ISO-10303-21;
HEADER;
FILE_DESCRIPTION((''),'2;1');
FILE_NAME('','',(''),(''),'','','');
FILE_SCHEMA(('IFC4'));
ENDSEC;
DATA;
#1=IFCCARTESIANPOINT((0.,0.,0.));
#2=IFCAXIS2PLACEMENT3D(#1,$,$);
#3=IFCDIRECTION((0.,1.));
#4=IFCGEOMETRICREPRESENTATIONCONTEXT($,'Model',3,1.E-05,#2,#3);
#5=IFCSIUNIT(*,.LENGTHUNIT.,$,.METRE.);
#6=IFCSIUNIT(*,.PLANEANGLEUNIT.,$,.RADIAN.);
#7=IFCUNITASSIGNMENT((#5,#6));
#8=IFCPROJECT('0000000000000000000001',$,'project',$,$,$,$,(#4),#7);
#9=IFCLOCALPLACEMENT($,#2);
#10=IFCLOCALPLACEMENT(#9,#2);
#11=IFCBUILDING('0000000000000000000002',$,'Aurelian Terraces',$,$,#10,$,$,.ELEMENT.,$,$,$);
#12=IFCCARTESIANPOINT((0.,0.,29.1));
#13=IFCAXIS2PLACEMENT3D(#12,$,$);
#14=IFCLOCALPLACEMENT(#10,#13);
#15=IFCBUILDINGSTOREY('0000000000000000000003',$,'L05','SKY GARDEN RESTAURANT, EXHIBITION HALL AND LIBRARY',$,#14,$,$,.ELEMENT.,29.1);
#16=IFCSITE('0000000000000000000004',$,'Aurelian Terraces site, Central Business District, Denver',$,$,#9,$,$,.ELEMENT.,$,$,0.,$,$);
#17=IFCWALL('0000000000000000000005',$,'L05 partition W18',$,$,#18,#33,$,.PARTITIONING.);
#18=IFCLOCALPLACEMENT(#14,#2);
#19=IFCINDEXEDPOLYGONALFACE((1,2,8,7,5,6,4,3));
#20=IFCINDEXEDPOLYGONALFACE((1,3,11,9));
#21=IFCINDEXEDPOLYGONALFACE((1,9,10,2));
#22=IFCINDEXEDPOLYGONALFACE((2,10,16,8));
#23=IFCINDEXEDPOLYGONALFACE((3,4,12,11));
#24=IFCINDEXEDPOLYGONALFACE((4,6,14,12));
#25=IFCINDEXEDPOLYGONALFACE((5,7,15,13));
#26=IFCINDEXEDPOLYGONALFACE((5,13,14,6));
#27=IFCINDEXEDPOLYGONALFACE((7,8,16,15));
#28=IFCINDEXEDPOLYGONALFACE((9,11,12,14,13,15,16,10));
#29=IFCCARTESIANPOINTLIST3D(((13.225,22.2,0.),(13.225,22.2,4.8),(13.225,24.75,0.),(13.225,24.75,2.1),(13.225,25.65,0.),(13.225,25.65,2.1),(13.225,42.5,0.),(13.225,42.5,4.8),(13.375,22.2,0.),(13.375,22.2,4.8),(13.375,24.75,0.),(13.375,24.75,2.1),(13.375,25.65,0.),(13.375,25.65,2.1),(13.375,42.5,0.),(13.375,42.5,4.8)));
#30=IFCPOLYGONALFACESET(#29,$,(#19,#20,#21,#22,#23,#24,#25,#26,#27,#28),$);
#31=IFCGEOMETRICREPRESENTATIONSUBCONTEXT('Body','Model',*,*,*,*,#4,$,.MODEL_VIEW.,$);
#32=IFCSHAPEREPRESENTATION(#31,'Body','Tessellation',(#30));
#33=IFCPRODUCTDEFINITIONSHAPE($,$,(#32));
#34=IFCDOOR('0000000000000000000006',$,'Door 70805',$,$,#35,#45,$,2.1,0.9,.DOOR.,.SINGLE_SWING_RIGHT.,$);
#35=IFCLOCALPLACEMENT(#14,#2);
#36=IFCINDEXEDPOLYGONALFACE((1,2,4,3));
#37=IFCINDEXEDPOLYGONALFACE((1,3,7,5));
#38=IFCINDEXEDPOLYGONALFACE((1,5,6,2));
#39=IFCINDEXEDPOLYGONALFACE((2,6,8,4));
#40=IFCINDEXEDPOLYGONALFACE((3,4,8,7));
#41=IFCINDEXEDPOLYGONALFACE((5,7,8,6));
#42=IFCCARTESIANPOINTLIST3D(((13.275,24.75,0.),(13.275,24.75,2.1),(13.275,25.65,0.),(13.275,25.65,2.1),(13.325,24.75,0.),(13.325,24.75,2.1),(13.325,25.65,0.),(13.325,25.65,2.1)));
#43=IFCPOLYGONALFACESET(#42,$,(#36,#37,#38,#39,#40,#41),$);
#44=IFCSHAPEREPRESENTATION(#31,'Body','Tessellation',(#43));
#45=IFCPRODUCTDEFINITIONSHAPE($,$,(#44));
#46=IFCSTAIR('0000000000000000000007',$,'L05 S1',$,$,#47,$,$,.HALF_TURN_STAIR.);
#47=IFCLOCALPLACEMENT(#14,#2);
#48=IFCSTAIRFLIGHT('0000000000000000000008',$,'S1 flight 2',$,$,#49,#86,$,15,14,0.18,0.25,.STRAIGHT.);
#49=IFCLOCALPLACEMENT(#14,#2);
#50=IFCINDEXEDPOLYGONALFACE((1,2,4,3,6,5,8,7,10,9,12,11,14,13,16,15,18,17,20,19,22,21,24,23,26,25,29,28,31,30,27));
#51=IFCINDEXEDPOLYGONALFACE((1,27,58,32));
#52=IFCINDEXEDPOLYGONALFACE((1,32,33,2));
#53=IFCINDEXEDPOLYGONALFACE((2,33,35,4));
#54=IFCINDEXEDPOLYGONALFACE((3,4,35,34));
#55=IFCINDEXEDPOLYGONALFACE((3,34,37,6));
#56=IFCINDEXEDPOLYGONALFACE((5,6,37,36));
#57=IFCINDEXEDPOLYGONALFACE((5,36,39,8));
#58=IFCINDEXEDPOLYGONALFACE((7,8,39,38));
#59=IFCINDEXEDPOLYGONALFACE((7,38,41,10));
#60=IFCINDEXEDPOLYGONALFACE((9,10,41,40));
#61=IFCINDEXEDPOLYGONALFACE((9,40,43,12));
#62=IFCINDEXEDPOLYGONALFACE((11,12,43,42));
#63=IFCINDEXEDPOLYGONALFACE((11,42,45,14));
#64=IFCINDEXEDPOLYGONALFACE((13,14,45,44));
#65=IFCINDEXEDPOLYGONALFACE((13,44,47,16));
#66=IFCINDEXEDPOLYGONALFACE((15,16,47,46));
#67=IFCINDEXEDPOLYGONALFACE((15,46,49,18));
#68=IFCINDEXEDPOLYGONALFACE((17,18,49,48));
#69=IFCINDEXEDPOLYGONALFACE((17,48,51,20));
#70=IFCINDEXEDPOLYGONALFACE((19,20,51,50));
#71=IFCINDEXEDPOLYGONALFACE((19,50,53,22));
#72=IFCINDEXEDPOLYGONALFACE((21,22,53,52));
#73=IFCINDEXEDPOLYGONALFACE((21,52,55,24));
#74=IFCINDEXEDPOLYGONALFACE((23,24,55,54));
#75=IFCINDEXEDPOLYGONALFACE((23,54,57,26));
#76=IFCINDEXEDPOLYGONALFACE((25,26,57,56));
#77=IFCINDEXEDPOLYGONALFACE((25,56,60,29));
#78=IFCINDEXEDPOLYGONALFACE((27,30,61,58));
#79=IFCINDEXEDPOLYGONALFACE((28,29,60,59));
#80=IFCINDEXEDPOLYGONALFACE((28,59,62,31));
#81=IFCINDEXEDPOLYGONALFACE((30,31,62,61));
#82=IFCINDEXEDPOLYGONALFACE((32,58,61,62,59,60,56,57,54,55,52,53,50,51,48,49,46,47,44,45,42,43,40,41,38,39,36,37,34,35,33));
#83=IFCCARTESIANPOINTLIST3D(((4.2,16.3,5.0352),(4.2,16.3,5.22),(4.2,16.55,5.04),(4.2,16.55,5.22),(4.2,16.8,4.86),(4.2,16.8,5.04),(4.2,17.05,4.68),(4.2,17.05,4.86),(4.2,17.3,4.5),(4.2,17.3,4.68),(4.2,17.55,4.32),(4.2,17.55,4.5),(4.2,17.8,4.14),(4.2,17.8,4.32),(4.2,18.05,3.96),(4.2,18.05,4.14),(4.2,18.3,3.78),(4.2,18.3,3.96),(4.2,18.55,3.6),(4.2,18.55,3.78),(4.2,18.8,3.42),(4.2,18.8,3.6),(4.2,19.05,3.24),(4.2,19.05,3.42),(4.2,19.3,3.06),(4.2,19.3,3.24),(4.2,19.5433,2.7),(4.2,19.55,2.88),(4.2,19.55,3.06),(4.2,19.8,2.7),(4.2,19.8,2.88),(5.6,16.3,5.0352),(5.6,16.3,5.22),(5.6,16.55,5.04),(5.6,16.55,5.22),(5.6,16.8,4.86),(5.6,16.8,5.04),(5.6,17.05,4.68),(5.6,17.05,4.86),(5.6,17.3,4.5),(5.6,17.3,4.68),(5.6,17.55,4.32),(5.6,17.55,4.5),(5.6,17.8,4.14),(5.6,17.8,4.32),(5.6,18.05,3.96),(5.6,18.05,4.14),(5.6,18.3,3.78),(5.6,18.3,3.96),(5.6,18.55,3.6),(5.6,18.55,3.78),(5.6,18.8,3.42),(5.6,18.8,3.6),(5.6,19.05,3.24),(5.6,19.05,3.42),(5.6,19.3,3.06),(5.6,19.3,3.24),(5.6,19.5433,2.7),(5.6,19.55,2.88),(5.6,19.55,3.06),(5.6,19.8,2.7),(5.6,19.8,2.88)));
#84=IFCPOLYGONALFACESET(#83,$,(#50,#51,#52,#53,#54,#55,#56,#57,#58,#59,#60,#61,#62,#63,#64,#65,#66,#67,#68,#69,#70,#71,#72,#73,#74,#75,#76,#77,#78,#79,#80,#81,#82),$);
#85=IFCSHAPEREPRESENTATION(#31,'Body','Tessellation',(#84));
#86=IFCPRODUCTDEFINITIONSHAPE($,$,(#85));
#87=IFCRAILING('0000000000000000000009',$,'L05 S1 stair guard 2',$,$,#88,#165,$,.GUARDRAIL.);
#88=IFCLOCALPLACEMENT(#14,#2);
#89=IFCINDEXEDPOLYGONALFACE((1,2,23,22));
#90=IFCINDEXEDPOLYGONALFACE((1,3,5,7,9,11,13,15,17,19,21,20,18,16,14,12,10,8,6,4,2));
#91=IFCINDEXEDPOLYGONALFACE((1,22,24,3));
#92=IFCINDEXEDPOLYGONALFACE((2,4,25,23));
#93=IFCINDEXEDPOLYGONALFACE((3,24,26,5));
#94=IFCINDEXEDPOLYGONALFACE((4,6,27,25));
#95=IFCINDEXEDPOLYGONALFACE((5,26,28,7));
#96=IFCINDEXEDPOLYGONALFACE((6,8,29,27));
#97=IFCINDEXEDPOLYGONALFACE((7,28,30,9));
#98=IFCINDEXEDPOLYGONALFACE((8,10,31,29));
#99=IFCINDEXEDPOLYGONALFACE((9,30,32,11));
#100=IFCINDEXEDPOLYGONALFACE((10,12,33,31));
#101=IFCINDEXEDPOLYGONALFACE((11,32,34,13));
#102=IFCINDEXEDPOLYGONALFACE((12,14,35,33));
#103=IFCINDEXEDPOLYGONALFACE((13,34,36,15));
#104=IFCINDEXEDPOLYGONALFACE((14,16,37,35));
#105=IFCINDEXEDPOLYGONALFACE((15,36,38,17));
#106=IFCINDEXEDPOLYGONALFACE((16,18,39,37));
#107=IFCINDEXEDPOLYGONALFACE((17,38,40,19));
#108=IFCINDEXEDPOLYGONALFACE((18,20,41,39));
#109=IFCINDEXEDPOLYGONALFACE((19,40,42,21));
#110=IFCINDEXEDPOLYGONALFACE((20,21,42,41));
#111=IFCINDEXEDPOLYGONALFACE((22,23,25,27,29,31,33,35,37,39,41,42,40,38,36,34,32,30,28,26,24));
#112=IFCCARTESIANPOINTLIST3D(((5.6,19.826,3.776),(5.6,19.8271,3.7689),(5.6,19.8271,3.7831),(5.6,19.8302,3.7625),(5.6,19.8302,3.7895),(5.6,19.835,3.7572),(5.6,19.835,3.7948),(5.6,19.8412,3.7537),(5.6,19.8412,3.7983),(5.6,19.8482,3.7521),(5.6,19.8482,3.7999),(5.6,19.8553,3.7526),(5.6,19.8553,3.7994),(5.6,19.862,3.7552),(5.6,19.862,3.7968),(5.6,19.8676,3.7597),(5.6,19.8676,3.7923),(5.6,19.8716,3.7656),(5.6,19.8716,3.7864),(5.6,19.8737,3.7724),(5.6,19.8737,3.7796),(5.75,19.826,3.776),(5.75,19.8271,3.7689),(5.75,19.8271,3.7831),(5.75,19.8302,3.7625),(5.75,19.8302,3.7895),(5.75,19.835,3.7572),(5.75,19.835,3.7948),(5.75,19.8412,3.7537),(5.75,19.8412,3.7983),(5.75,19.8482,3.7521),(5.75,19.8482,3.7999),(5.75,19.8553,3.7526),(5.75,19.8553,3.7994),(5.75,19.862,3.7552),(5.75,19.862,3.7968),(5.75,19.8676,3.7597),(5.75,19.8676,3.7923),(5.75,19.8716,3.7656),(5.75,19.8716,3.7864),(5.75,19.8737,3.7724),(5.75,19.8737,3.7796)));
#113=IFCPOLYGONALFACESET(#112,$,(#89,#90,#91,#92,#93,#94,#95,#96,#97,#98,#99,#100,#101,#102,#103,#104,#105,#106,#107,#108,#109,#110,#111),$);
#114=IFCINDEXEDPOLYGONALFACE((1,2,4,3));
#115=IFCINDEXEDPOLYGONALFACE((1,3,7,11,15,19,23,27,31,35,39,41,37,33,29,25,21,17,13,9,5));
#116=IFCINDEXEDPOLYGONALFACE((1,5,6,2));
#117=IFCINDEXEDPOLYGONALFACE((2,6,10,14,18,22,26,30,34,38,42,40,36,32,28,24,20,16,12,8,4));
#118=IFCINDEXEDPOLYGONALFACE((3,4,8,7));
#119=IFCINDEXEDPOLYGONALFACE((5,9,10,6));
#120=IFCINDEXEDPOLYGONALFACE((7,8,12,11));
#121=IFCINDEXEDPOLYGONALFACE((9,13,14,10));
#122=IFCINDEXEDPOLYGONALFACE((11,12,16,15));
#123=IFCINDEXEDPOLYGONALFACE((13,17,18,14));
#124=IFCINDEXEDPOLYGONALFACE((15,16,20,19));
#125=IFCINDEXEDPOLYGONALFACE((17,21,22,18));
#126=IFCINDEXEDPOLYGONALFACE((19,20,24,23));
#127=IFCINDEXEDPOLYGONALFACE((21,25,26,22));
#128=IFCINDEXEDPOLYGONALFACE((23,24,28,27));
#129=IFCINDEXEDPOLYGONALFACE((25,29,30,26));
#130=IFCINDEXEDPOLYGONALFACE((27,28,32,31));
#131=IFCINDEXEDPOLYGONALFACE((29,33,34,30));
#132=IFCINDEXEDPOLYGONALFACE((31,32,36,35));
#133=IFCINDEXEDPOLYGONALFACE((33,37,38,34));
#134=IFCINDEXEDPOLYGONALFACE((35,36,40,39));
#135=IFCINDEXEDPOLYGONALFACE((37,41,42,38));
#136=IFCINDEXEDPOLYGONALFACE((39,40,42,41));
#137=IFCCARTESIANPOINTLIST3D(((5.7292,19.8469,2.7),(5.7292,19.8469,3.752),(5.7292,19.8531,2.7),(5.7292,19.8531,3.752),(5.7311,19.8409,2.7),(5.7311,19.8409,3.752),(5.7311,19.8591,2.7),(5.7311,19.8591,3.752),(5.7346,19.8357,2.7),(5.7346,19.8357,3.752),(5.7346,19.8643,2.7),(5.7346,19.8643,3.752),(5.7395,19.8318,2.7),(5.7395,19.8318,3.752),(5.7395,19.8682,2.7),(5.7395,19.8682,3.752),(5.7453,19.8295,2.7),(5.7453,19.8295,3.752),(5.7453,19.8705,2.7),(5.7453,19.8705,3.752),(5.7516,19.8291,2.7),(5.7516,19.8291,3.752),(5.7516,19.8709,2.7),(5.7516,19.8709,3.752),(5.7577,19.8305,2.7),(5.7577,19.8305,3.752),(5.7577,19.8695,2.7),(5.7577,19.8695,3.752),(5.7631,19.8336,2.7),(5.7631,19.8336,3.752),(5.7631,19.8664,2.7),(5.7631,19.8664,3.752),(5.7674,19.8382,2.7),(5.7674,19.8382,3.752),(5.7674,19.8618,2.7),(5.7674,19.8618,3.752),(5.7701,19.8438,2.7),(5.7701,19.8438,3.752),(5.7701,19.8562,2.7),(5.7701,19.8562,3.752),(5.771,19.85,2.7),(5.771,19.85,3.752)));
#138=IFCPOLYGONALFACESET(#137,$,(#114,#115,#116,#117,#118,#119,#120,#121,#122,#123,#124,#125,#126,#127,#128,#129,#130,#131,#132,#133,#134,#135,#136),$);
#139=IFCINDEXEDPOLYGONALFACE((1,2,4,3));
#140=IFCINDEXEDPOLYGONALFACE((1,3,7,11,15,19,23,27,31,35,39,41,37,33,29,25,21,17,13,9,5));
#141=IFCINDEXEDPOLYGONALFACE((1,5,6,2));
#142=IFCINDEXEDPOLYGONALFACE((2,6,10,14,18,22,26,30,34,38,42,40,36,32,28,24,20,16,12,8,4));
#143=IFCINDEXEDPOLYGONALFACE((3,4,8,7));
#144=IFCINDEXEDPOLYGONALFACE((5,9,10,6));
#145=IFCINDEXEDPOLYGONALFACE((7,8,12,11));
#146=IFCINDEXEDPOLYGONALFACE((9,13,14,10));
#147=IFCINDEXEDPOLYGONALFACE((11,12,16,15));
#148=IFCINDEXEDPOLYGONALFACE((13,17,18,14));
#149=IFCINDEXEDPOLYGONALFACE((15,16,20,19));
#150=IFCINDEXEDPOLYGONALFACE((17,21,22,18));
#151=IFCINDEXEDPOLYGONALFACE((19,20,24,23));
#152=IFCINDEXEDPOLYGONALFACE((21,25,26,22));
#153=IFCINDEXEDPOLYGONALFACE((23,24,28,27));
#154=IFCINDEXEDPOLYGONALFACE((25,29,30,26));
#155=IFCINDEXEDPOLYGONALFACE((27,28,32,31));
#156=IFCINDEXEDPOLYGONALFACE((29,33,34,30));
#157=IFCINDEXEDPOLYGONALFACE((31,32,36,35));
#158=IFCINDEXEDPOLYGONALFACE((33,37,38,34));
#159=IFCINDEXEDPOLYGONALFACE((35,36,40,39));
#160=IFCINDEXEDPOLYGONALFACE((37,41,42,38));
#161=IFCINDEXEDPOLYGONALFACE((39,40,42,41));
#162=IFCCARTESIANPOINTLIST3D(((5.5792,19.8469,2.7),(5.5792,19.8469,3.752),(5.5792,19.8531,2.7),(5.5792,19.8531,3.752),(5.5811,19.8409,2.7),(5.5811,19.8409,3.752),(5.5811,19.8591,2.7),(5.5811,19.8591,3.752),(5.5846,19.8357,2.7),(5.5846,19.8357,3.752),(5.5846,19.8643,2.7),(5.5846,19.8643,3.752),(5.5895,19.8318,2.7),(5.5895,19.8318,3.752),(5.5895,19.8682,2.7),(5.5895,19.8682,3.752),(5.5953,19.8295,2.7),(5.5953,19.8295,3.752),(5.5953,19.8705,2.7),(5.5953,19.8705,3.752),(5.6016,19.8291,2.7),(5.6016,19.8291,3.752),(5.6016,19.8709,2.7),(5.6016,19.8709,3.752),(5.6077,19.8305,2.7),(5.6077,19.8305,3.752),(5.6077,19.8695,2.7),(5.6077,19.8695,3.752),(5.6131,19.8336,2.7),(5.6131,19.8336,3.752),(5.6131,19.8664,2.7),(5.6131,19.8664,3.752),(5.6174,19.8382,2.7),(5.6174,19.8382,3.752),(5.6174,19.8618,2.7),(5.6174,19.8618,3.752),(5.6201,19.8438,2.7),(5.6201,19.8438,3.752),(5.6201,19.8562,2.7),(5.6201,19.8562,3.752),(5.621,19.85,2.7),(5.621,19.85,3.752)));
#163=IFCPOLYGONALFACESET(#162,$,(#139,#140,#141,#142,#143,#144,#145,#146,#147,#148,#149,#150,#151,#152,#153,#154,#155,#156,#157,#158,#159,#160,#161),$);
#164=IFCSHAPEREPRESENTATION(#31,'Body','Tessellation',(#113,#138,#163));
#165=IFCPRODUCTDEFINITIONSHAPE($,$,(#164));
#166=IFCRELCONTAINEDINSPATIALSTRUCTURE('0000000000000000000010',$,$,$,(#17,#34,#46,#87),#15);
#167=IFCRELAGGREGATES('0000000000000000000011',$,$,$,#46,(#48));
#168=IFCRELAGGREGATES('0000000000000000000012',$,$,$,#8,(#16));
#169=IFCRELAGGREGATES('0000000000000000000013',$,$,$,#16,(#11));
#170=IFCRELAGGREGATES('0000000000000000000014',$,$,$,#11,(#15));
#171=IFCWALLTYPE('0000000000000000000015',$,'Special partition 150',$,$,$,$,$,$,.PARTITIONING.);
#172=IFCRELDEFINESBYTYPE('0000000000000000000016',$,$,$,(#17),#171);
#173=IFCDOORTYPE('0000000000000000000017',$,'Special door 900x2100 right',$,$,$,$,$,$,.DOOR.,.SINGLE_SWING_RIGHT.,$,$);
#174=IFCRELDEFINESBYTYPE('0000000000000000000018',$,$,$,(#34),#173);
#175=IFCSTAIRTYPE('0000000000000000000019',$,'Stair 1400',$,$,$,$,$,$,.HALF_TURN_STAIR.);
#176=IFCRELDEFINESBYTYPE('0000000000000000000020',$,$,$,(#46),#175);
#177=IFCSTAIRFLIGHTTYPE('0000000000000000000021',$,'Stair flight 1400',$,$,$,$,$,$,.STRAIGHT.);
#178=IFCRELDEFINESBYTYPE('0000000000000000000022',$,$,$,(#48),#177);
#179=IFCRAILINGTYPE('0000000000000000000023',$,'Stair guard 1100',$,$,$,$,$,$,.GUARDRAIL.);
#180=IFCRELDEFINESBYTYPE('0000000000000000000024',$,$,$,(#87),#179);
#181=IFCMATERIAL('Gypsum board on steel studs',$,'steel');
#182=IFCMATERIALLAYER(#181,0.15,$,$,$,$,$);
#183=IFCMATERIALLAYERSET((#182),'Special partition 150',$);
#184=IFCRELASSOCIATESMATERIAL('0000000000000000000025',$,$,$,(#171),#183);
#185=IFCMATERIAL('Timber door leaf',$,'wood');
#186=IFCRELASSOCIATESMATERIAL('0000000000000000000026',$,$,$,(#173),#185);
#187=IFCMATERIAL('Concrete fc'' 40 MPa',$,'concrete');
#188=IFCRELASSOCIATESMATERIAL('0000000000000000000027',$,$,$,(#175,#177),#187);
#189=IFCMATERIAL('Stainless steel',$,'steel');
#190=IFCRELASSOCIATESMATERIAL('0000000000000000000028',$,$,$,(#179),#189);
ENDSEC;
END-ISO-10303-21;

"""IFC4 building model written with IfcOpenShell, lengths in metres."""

from ifc_helpers import new_model, si_unit, direction, frame, frame_2d, origin, origin_2d, place, context, subcontext, project, spatial, polyline, rectangle, circle, outline, extrude, source, transform, mapped, material, layer, layer_set, type_object, element, fill, aggregate, save


model = new_model("IFC4")

# Units and contexts
model_context = context("Model", 3, precision=1e-05, world=origin(), true_north=direction((0.0, 1.0)))
body_context = subcontext(model_context, "Body", "Model", "MODEL_VIEW")
ifc_project = project(units=[si_unit("LENGTHUNIT", "METRE"), si_unit("PLANEANGLEUNIT", "RADIAN")], contexts=[model_context])

# Site, building, storey
site_placement = place(None, origin())
site = spatial("IfcSite", under=ifc_project, at=site_placement, Name="Aurelian Terraces site, Central Business District, Denver", CompositionType="ELEMENT", RefElevation=0.0)
building_placement = place(site_placement, origin())
building = spatial("IfcBuilding", under=site, at=building_placement, Name="Aurelian Terraces", CompositionType="ELEMENT")
storey_placement = place(building_placement, frame((0.0, 0.0, 29.1)))
storey = spatial("IfcBuildingStorey", under=building, at=storey_placement, Name="L05", Description="SKY GARDEN RESTAURANT, EXHIBITION HALL AND LIBRARY", CompositionType="ELEMENT", Elevation=29.1)

# Shared definitions
ifc_material_1 = material(Name="Concrete fc' 40 MPa", Category="concrete")

# Shared definitions
ifc_material_2 = material(Name="Gypsum board on steel studs", Category="steel")
shared_shape_1 = source(origin(), body_context, "Body", "SweptSolid", [
    extrude(rectangle(XDim=0.9, YDim=2.1, at=frame_2d((0.45, 1.05))), frame((0.0, 0.025, 0.0), z_axis=(0.0, -1.0, 0.0), x_axis=(1.0, 0.0, 0.0)), (0.0, 0.0, 1.0), 0.05),
])

# Shared definitions
ifc_layer_1 = layer(ifc_material_2, 0.15)
ifc_layer_set_1 = layer_set([ifc_layer_1], Name="Special partition 150")
wall_type_1 = type_object("IfcWallType", Name="Special partition 150", PredefinedType="PARTITIONING", material=ifc_layer_set_1)

# Shared definitions
shared_shape_2 = source(origin(), body_context, "Body", "SweptSolid", [
    extrude(rectangle(XDim=0.9, YDim=2.1, at=frame_2d((0.45, 1.05))), frame((0.0, 0.085, 0.0), z_axis=(0.0, -1.0, 0.0), x_axis=(1.0, 0.0, 0.0)), (0.0, 0.0, 1.0), 0.17),
])
ifc_material_3 = material(Name="Timber door leaf", Category="wood")
door_type_1 = type_object("IfcDoorType", Name="Special door 900x2100 right", OperationType="SINGLE_SWING_RIGHT", PredefinedType="DOOR", material=ifc_material_3)

# Wall, opening, door
shared_shape_3 = source(origin(), body_context, "Body", "SweptSolid", [
    extrude(rectangle(XDim=20.3, YDim=0.15, at=frame_2d((10.15, 0.0))), origin(), (0.0, 0.0, 1.0), 4.8),
])
wall_1_placement = place(storey_placement, frame((13.3, 22.2, 0.0), z_axis=(0.0, 0.0, 1.0), x_axis=(0.0, 1.0, 0.0)))
wall_1 = element("IfcWall", 1, at=wall_1_placement, inside=storey, type_object=wall_type_1, Name="L05 partition W18", PredefinedType="PARTITIONING", context=body_context, shape_type="MappedRepresentation", body=[
    mapped(shared_shape_3, transform((0.0, 0.0, 0.0), scale=1.0)),
])
opening_1_placement = place(wall_1_placement, frame((2.55, 0.0, 0.0)))
opening_1 = element("IfcOpeningElement", 2, at=opening_1_placement, cuts=wall_1, PredefinedType="OPENING", context=body_context, shape_type="MappedRepresentation", body=[
    mapped(shared_shape_2, transform((0.0, 0.0, 0.0), scale=1.0)),
])
door_1_placement = place(opening_1_placement, origin())
door_1 = element("IfcDoor", 3, at=door_1_placement, inside=storey, type_object=door_type_1, Name="Door 70805", OperationType="SINGLE_SWING_RIGHT", OverallHeight=2.1, OverallWidth=0.9, PredefinedType="DOOR", context=body_context, shape_type="MappedRepresentation", body=[
    mapped(shared_shape_1, transform((0.0, 0.0, 0.0), scale=1.0)),
])
fill(opening_1, door_1)

# Stair, stair flight
stair_type = type_object("IfcStairType", Name="Stair 1400", PredefinedType="HALF_TURN_STAIR", material=ifc_material_1)
stair_placement = place(storey_placement, origin())
stair = element("IfcStair", 4, at=stair_placement, inside=storey, type_object=stair_type, Name="L05 S1", PredefinedType="HALF_TURN_STAIR")
stair_flight_type = type_object("IfcStairFlightType", Name="Stair flight 1400", PredefinedType="STRAIGHT", material=ifc_material_1)
shared_shape_4 = source(origin(), body_context, "Body", "SweptSolid", [
    extrude(outline(polyline([(0.0, 0.0), (0.0, 0.18), (0.25, 0.18), (0.25, 0.36), (0.5, 0.36), (0.5, 0.54), (0.75, 0.54), (0.75, 0.72), (1.0, 0.72), (1.0, 0.9), (1.25, 0.9), (1.25, 1.08), (1.5, 1.08), (1.5, 1.26), (1.75, 1.26), (1.75, 1.44), (2.0, 1.44), (2.0, 1.62), (2.25, 1.62), (2.25, 1.8), (2.5, 1.8), (2.5, 1.98), (2.75, 1.98), (2.75, 2.16), (3.0, 2.16), (3.0, 2.34), (3.25, 2.34), (3.25, 2.52), (3.5, 2.52), (3.5, 2.7), (3.5, 2.3352), (0.2567, 0.0), (0.0, 0.0)])), frame((0.0, 0.7, 0.0), z_axis=(0.0, -1.0, 0.0), x_axis=(1.0, 0.0, 0.0)), (0.0, 0.0, 1.0), 1.4),
])
stair_flight_placement = place(storey_placement, frame((4.9, 19.8, 2.7), z_axis=(0.0, 0.0, 1.0), x_axis=(0.0, -1.0, 0.0)))
stair_flight = element("IfcStairFlight", 5, at=stair_flight_placement, type_object=stair_flight_type, Name="S1 flight 2", NumberOfRisers=15, NumberOfTreads=14, PredefinedType="STRAIGHT", RiserHeight=0.18, TreadLength=0.25, context=body_context, shape_type="MappedRepresentation", body=[
    mapped(shared_shape_4, transform((0.0, 0.0, 0.0), scale=1.0)),
])
aggregate(stair, [stair_flight])

# Railing
ifc_material_4 = material(Name="Stainless steel", Category="steel")
railing_type = type_object("IfcRailingType", Name="Stair guard 1100", PredefinedType="GUARDRAIL", material=ifc_material_4)
shared_shape_5 = source(origin(), body_context, "Body", "SweptSolid", [
    extrude(circle(Radius=0.024, at=origin_2d()), frame((0.0, 0.0, 1.076), z_axis=(-1.0, 0.0, 0.0), x_axis=(0.0, -1.0, 0.0)), (0.0, 0.0, 1.0), 0.15),
    extrude(circle(Radius=0.021, at=origin_2d()), origin(), (0.0, 0.0, 1.0), 1.052),
    extrude(circle(Radius=0.021, at=origin_2d()), frame((-0.15, 0.0, 0.0)), (0.0, 0.0, 1.0), 1.052),
])
railing_1_placement = place(storey_placement, frame((5.75, 19.85, 2.7)))
element("IfcRailing", 6, at=railing_1_placement, inside=storey, type_object=railing_type, Name="L05 S1 stair guard 2", PredefinedType="GUARDRAIL", context=body_context, shape_type="MappedRepresentation", body=[
    mapped(shared_shape_5, transform((0.0, 0.0, 0.0), scale=1.0)),
])

save(model, "model.ifc")
